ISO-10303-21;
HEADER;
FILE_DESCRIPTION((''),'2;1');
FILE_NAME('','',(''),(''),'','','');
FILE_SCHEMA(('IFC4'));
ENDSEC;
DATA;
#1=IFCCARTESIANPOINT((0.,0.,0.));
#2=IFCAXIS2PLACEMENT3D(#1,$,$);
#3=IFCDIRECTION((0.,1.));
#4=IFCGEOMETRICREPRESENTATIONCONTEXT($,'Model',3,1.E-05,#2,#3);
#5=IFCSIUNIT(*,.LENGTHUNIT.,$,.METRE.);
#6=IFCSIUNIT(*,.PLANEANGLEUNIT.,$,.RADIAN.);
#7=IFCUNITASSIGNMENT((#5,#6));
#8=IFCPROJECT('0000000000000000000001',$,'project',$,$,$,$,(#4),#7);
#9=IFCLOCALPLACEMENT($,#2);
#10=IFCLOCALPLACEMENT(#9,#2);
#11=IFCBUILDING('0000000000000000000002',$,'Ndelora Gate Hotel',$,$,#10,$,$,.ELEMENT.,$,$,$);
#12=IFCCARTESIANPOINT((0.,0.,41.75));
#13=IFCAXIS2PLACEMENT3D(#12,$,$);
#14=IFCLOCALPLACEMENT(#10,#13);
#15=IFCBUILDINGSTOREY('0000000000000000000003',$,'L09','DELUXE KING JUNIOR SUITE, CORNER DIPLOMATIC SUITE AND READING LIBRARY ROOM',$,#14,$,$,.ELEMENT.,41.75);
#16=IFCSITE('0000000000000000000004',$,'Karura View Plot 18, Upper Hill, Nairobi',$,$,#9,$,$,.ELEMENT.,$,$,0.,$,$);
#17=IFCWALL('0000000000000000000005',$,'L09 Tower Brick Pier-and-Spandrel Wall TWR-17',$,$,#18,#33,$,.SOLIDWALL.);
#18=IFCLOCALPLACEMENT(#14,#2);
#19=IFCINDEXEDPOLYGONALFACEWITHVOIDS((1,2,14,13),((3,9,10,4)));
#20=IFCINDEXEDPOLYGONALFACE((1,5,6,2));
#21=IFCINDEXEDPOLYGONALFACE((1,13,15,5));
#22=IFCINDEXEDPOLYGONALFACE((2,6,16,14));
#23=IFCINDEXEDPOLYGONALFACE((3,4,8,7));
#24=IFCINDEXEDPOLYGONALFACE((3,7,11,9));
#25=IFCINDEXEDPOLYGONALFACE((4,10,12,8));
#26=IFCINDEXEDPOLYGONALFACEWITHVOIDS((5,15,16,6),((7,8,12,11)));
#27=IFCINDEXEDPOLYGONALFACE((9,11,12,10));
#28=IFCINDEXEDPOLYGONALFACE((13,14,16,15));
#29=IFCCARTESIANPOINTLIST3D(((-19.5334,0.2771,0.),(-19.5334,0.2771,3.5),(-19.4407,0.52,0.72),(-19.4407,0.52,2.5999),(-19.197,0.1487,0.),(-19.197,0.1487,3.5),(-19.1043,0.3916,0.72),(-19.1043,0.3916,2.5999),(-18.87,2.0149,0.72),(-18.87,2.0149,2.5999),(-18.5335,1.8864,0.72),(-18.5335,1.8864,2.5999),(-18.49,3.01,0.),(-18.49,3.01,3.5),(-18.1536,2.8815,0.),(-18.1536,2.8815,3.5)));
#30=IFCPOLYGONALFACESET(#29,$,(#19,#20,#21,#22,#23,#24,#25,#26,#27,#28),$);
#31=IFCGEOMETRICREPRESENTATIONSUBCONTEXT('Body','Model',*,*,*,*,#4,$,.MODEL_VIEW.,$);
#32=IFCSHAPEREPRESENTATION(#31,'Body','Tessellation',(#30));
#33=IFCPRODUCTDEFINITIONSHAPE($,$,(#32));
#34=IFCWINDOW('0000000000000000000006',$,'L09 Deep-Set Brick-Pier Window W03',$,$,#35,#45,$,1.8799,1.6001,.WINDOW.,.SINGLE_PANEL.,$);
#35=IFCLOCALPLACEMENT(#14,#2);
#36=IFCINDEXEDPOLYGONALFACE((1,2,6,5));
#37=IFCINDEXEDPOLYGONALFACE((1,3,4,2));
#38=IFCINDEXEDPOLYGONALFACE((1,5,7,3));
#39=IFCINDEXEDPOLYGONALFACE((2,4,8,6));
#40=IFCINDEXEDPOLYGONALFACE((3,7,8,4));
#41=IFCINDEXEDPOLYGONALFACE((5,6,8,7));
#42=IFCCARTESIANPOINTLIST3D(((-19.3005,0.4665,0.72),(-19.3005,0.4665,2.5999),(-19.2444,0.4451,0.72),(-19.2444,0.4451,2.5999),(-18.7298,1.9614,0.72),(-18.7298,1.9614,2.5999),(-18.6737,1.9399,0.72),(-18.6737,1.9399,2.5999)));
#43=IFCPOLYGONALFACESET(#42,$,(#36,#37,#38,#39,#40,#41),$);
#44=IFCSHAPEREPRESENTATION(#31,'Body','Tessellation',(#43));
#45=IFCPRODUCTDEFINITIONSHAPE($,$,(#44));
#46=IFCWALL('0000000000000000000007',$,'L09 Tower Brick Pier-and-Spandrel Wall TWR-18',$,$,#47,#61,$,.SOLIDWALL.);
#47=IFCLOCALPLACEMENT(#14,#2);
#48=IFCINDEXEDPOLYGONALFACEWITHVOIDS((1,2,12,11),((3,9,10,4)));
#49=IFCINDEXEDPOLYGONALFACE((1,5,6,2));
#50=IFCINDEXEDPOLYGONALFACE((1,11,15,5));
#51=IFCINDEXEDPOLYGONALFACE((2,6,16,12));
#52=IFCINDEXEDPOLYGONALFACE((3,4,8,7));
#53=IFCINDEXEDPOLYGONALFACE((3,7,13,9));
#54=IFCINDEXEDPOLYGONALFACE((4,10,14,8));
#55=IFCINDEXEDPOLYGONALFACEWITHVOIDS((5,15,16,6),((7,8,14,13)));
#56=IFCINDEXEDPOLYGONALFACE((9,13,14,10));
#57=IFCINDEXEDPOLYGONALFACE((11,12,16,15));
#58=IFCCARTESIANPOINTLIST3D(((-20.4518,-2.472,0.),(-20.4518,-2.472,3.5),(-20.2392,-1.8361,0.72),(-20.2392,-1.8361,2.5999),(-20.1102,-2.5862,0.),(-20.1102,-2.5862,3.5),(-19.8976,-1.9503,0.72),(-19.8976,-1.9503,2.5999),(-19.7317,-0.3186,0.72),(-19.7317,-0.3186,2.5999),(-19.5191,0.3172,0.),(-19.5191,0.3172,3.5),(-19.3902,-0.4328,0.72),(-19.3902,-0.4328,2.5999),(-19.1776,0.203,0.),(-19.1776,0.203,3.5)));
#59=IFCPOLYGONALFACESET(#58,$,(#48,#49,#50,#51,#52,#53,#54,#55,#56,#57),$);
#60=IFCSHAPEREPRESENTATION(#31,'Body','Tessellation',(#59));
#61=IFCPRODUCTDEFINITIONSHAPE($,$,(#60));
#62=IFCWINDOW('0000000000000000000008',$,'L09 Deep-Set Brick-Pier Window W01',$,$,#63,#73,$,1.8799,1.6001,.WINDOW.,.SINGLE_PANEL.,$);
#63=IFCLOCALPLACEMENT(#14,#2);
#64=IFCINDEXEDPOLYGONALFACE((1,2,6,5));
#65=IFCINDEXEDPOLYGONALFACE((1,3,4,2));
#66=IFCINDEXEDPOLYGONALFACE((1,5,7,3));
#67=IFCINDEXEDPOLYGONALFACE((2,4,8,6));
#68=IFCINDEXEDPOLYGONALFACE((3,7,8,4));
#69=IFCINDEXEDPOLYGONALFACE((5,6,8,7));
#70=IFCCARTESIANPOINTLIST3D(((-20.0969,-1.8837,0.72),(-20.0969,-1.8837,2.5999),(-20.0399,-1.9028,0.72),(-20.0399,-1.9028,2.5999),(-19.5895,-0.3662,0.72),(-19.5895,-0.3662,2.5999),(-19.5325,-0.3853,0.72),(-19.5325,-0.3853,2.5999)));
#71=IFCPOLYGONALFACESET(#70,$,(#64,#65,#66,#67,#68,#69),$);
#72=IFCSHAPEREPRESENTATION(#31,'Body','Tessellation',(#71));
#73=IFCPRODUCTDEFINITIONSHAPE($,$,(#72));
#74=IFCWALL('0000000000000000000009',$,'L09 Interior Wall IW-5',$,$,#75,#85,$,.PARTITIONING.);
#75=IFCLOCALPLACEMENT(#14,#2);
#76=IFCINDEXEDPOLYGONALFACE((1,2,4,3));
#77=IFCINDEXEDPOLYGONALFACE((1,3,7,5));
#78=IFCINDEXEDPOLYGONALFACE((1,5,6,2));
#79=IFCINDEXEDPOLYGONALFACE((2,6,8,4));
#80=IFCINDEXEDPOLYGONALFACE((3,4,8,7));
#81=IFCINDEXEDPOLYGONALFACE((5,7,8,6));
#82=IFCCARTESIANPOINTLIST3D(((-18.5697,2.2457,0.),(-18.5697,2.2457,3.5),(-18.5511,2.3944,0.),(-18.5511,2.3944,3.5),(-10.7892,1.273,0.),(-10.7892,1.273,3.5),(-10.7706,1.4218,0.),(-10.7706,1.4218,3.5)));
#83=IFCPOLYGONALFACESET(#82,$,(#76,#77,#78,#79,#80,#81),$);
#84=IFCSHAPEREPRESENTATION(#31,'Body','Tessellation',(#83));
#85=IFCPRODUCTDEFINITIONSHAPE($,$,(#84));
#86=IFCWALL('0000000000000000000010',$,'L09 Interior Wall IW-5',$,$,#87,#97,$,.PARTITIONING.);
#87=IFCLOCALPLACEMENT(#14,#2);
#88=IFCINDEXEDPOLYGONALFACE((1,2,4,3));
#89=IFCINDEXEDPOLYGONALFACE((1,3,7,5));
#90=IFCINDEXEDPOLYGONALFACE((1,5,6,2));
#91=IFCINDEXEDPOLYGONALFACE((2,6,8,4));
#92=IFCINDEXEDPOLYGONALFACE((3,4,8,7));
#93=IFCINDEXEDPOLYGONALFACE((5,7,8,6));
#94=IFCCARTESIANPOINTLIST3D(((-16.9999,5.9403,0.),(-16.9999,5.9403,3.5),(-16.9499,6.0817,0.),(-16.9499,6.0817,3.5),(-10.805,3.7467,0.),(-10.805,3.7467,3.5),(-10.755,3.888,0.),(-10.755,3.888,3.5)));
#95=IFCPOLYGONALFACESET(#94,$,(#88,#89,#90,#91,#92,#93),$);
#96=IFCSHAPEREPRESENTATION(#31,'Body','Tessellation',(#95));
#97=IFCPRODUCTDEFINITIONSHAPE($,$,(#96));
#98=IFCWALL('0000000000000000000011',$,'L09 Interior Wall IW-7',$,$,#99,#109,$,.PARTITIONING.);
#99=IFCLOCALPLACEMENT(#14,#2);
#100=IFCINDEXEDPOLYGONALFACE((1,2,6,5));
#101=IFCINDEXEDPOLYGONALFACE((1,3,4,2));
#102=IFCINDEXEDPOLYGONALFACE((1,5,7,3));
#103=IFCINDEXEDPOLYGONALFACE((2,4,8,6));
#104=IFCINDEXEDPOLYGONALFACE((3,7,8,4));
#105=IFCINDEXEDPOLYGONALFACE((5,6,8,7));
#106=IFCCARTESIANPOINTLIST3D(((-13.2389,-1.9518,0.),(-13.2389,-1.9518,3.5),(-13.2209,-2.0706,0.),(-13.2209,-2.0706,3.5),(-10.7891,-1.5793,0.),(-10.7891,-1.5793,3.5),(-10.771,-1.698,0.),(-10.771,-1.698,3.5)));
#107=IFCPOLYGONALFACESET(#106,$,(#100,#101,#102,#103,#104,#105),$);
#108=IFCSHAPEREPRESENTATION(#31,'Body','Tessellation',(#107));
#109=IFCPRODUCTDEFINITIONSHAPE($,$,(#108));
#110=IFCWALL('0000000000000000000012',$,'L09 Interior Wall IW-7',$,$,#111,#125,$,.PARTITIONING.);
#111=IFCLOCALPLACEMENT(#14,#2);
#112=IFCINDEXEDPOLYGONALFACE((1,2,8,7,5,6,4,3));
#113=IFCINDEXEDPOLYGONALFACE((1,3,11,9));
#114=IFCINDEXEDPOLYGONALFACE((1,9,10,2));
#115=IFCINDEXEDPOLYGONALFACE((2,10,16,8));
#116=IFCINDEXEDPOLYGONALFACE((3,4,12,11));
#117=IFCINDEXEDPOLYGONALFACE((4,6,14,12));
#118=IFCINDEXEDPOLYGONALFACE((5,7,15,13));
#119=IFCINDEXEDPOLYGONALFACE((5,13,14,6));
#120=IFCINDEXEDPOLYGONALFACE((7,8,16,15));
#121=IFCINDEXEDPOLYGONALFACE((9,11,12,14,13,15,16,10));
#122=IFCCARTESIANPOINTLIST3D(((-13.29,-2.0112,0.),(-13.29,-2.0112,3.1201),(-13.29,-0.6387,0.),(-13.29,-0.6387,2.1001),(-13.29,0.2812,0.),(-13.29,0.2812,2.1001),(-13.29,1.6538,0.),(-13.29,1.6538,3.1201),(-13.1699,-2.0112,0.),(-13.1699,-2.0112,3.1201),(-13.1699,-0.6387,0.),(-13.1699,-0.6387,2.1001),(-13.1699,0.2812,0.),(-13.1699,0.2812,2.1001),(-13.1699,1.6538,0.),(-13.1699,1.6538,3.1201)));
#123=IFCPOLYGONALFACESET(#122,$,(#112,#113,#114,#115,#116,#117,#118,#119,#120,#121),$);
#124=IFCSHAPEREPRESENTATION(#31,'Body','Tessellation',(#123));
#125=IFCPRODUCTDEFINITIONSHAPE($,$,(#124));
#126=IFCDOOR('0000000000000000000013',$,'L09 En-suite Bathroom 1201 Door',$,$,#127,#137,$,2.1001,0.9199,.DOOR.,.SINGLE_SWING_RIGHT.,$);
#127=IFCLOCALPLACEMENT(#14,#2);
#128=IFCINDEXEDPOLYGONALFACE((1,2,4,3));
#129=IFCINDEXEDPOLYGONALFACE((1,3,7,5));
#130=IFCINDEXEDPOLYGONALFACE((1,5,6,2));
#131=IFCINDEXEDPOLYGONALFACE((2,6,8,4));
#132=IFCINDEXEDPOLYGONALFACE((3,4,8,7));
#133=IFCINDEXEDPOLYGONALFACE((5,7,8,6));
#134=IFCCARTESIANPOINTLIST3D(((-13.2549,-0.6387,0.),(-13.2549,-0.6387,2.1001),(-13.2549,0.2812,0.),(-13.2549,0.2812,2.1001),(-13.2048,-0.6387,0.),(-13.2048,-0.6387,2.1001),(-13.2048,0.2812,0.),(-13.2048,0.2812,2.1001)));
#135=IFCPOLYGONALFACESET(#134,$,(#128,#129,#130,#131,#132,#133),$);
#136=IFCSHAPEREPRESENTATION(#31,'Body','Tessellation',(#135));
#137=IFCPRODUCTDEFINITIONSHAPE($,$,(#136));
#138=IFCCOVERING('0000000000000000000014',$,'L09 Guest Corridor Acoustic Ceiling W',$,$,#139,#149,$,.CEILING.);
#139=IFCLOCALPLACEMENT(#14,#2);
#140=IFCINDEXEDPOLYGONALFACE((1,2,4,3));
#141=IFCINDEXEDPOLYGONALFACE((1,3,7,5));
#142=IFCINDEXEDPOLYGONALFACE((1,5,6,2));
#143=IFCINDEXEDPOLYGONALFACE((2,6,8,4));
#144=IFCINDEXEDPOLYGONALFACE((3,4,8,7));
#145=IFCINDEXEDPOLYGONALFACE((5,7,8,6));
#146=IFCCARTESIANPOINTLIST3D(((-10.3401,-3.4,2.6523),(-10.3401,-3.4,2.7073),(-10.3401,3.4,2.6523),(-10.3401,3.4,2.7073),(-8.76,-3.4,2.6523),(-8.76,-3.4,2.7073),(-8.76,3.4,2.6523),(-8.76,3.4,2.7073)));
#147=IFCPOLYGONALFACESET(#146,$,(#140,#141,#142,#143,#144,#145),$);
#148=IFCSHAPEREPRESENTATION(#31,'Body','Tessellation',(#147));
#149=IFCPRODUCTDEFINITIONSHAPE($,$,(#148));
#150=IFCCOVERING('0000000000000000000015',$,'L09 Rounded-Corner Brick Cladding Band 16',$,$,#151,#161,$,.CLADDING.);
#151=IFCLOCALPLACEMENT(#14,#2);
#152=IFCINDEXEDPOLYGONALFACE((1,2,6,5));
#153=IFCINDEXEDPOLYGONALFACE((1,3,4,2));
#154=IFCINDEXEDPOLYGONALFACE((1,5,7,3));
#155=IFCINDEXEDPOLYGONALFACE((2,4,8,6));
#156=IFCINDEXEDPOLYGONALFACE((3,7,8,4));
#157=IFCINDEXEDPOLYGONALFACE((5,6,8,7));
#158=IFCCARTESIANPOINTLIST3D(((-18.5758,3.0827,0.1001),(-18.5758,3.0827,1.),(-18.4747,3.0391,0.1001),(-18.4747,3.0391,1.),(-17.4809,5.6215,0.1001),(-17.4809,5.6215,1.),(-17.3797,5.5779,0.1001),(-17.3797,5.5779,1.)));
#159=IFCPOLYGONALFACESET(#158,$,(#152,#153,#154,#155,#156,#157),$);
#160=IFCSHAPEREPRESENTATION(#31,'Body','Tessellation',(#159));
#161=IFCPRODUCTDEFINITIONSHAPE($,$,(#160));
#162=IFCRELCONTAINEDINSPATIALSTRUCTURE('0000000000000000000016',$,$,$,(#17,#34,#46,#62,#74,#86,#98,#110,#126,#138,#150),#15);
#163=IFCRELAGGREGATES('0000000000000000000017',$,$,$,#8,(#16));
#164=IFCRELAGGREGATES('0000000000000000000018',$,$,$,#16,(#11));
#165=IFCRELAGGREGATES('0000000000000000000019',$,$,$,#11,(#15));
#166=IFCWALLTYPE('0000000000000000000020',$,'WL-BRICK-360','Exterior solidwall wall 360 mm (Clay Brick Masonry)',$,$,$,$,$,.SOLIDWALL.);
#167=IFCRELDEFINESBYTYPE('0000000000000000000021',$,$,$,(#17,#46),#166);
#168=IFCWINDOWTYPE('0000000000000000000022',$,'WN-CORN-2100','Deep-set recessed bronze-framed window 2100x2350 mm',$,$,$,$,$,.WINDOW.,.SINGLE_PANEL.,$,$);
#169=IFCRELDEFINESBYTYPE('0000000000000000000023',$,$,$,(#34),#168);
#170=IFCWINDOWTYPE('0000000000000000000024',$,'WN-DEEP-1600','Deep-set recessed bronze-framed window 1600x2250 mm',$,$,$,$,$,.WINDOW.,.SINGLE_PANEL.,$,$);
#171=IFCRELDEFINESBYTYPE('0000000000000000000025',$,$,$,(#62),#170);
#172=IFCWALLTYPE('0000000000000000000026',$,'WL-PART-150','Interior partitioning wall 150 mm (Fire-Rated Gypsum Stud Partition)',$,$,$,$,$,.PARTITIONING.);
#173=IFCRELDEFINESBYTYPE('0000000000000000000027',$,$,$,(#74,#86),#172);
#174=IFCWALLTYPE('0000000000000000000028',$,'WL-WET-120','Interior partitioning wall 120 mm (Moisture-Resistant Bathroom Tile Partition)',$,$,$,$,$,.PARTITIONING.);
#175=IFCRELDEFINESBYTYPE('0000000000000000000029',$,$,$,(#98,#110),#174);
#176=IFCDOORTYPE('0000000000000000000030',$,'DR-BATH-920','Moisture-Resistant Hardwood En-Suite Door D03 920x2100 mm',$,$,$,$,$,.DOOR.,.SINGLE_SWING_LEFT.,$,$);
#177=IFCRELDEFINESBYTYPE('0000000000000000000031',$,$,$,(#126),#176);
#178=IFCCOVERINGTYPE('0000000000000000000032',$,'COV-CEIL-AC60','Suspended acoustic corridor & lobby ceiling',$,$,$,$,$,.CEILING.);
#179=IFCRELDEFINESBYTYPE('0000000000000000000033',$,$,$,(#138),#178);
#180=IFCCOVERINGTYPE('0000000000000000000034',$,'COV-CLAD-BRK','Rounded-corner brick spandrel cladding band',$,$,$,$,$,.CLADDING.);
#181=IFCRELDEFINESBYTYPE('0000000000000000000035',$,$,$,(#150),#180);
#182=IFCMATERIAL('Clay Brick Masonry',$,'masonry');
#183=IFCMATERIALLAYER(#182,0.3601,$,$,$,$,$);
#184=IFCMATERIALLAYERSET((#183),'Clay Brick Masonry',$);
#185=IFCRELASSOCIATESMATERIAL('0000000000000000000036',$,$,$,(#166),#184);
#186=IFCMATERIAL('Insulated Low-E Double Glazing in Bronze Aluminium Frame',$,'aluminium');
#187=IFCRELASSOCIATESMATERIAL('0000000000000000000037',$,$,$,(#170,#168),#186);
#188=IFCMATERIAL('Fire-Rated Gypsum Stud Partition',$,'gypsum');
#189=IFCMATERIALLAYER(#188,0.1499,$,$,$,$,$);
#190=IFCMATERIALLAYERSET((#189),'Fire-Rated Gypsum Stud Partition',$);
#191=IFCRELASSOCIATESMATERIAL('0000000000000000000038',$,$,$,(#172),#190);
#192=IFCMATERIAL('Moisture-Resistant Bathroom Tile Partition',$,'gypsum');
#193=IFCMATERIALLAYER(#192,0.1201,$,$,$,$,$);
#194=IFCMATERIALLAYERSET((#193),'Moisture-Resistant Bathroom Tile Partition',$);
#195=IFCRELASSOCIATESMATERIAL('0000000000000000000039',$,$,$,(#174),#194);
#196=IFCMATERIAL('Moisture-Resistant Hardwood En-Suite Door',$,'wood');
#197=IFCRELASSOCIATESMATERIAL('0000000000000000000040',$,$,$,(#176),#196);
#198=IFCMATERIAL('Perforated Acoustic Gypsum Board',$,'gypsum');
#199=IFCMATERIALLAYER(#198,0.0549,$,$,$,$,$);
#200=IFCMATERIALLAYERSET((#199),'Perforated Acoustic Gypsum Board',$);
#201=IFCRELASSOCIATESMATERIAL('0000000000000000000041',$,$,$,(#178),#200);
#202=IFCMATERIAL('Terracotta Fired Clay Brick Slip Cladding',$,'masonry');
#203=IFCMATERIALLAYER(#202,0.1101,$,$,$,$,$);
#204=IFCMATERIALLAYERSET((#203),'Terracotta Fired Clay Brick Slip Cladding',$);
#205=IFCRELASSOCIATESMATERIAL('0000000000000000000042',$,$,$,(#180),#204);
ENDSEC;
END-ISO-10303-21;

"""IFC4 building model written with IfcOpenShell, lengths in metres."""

from ifc_helpers import new_model, si_unit, direction, frame, frame_2d, origin, origin_2d, place, context, subcontext, project, spatial, rectangle, extrude, material, layer, layer_set, type_object, element, fill, save


model = new_model("IFC4")

# Units and contexts
model_context = context("Model", 3, precision=1e-05, world=origin(), true_north=direction((0.0, 1.0)))
body_context = subcontext(model_context, "Body", "Model", "MODEL_VIEW")
ifc_project = project(units=[si_unit("LENGTHUNIT", "METRE"), si_unit("PLANEANGLEUNIT", "RADIAN")], contexts=[model_context])

# Site, building, storey
site_placement = place(None, origin())
site = spatial("IfcSite", under=ifc_project, at=site_placement, Name="Karura View Plot 18, Upper Hill, Nairobi", CompositionType="ELEMENT", RefElevation=0.0)
building_placement = place(site_placement, origin())
building = spatial("IfcBuilding", under=site, at=building_placement, Name="Ndelora Gate Hotel", CompositionType="ELEMENT")
storey_placement = place(building_placement, frame((0.0, 0.0, 41.75)))
storey = spatial("IfcBuildingStorey", under=building, at=storey_placement, Name="L09", Description="DELUXE KING JUNIOR SUITE, CORNER DIPLOMATIC SUITE AND READING LIBRARY ROOM", CompositionType="ELEMENT", Elevation=41.75)

# Walls, openings, windows
ifc_material_1 = material(Name="Clay Brick Masonry", Category="masonry")
ifc_layer_1 = layer(ifc_material_1, 0.3601)
ifc_layer_set_1 = layer_set([ifc_layer_1], Name="Clay Brick Masonry")
wall_type_1 = type_object("IfcWallType", Name="WL-BRICK-360", Description="Exterior solidwall wall 360 mm (Clay Brick Masonry)", PredefinedType="SOLIDWALL", material=ifc_layer_set_1)
ifc_material_2 = material(Name="Insulated Low-E Double Glazing in Bronze Aluminium Frame", Category="aluminium")
window_type_1 = type_object("IfcWindowType", Name="WN-DEEP-1600", Description="Deep-set recessed bronze-framed window 1600x2250 mm", PartitioningType="SINGLE_PANEL", PredefinedType="WINDOW", material=ifc_material_2)
wall_1_placement = place(storey_placement, frame((-19.3652, 0.2129, 0.0), z_axis=(0.0, 0.0, 1.0), x_axis=(0.356696, 0.93422, 0.0)))
wall_1 = element("IfcWall", 1, at=wall_1_placement, inside=storey, type_object=wall_type_1, Name="L09 Tower Brick Pier-and-Spandrel Wall TWR-17", PredefinedType="SOLIDWALL", context=body_context, shape_type="SweptSolid", body=[
    extrude(rectangle(XDim=2.9253, YDim=0.3601, at=frame_2d((1.4626, 0.0))), origin(), (0.0, 0.0, 1.0), 3.5),
])
opening_1_placement = place(wall_1_placement, frame((0.26, 0.0, 0.72)))
opening_1 = element("IfcOpeningElement", 2, at=opening_1_placement, cuts=wall_1, PredefinedType="OPENING", context=body_context, shape_type="SweptSolid", body=[
    extrude(rectangle(XDim=1.6001, YDim=1.8799, at=frame_2d((0.8, 0.9399))), frame((0.0, 0.1899, 0.0), z_axis=(0.0, -1.0, 0.0), x_axis=(1.0, 0.0, 0.0)), (0.0, 0.0, 1.0), 0.3801),
])
window_type_2 = type_object("IfcWindowType", Name="WN-CORN-2100", Description="Deep-set recessed bronze-framed window 2100x2350 mm", PartitioningType="SINGLE_PANEL", PredefinedType="WINDOW", material=ifc_material_2)
window_1_placement = place(opening_1_placement, origin())
window_1 = element("IfcWindow", 3, at=window_1_placement, inside=storey, type_object=window_type_2, Name="L09 Deep-Set Brick-Pier Window W03", OverallHeight=1.8799, OverallWidth=1.6001, PartitioningType="SINGLE_PANEL", PredefinedType="WINDOW", context=body_context, shape_type="SweptSolid", body=[
    extrude(rectangle(XDim=1.6001, YDim=1.8799, at=frame_2d((0.8, 0.9399))), frame((0.0, 0.03, 0.0), z_axis=(0.0, -1.0, 0.0), x_axis=(1.0, 0.0, 0.0)), (0.0, 0.0, 1.0), 0.0601),
])
fill(opening_1, window_1)
wall_2_placement = place(storey_placement, frame((-20.281, -2.5291, 0.0), z_axis=(0.0, 0.0, 1.0), x_axis=(0.317124, 0.948384, 0.0)))
wall_2 = element("IfcWall", 4, at=wall_2_placement, inside=storey, type_object=wall_type_1, Name="L09 Tower Brick Pier-and-Spandrel Wall TWR-18", PredefinedType="SOLIDWALL", context=body_context, shape_type="SweptSolid", body=[
    extrude(rectangle(XDim=2.9409, YDim=0.3601, at=frame_2d((1.4705, 0.0))), origin(), (0.0, 0.0, 1.0), 3.5),
])
opening_2_placement = place(wall_2_placement, frame((0.6704, 0.0, 0.72)))
opening_2 = element("IfcOpeningElement", 5, at=opening_2_placement, cuts=wall_2, PredefinedType="OPENING", context=body_context, shape_type="SweptSolid", body=[
    extrude(rectangle(XDim=1.6001, YDim=1.8799, at=frame_2d((0.8, 0.9399))), frame((0.0, 0.1899, 0.0), z_axis=(0.0, -1.0, 0.0), x_axis=(1.0, 0.0, 0.0)), (0.0, 0.0, 1.0), 0.3801),
])
window_2_placement = place(opening_2_placement, origin())
window_2 = element("IfcWindow", 6, at=window_2_placement, inside=storey, type_object=window_type_1, Name="L09 Deep-Set Brick-Pier Window W01", OverallHeight=1.8799, OverallWidth=1.6001, PartitioningType="SINGLE_PANEL", PredefinedType="WINDOW", context=body_context, shape_type="SweptSolid", body=[
    extrude(rectangle(XDim=1.6001, YDim=1.8799, at=frame_2d((0.8, 0.9399))), frame((0.0, 0.03, 0.0), z_axis=(0.0, -1.0, 0.0), x_axis=(1.0, 0.0, 0.0)), (0.0, 0.0, 1.0), 0.0601),
])
fill(opening_2, window_2)

# Walls
ifc_material_3 = material(Name="Fire-Rated Gypsum Stud Partition", Category="gypsum")
ifc_layer_2 = layer(ifc_material_3, 0.1499)
ifc_layer_set_2 = layer_set([ifc_layer_2], Name="Fire-Rated Gypsum Stud Partition")
wall_type_2 = type_object("IfcWallType", Name="WL-PART-150", Description="Interior partitioning wall 150 mm (Fire-Rated Gypsum Stud Partition)", PredefinedType="PARTITIONING", material=ifc_layer_set_2)
wall_3_placement = place(storey_placement, frame((-10.78, 1.3474, 0.0), z_axis=(0.0, 0.0, 1.0), x_axis=(-0.992276, 0.124046, 0.0)))
element("IfcWall", 7, at=wall_3_placement, inside=storey, type_object=wall_type_2, Name="L09 Interior Wall IW-5", PredefinedType="PARTITIONING", context=body_context, shape_type="SweptSolid", body=[
    extrude(rectangle(XDim=7.8411, YDim=0.1499, at=frame_2d((3.9204, 0.0))), origin(), (0.0, 0.0, 1.0), 3.5),
])
wall_4_placement = place(storey_placement, frame((-10.78, 3.8174, 0.0), z_axis=(0.0, 0.0, 1.0), x_axis=(-0.942646, 0.333794, 0.0)))
element("IfcWall", 8, at=wall_4_placement, inside=storey, type_object=wall_type_2, Name="L09 Interior Wall IW-5", PredefinedType="PARTITIONING", context=body_context, shape_type="SweptSolid", body=[
    extrude(rectangle(XDim=6.5718, YDim=0.1499, at=frame_2d((3.2859, 0.0))), origin(), (0.0, 0.0, 1.0), 3.5),
])
ifc_material_4 = material(Name="Moisture-Resistant Bathroom Tile Partition", Category="gypsum")
ifc_layer_3 = layer(ifc_material_4, 0.1201)
ifc_layer_set_3 = layer_set([ifc_layer_3], Name="Moisture-Resistant Bathroom Tile Partition")
wall_type_3 = type_object("IfcWallType", Name="WL-WET-120", Description="Interior partitioning wall 120 mm (Moisture-Resistant Bathroom Tile Partition)", PredefinedType="PARTITIONING", material=ifc_layer_set_3)
wall_5_placement = place(storey_placement, frame((-10.78, -1.6387, 0.0), z_axis=(0.0, 0.0, 1.0), x_axis=(-0.988634, -0.150339, 0.0)))
element("IfcWall", 9, at=wall_5_placement, inside=storey, type_object=wall_type_3, Name="L09 Interior Wall IW-7", PredefinedType="PARTITIONING", context=body_context, shape_type="SweptSolid", body=[
    extrude(rectangle(XDim=2.478, YDim=0.1201, at=frame_2d((1.239, 0.0))), origin(), (0.0, 0.0, 1.0), 3.5),
])

# Wall, opening, door
wall_6_placement = place(storey_placement, frame((-13.23, -2.0112, 0.0), z_axis=(0.0, 0.0, 1.0), x_axis=(0.0, 1.0, 0.0)))
wall_6 = element("IfcWall", 10, at=wall_6_placement, inside=storey, type_object=wall_type_3, Name="L09 Interior Wall IW-7", PredefinedType="PARTITIONING", context=body_context, shape_type="SweptSolid", body=[
    extrude(rectangle(XDim=3.665, YDim=0.1201, at=frame_2d((1.8325, 0.0))), origin(), (0.0, 0.0, 1.0), 3.1201),
])
opening_3_placement = place(wall_6_placement, frame((1.3726, 0.0, 0.0)))
opening_3 = element("IfcOpeningElement", 11, at=opening_3_placement, cuts=wall_6, PredefinedType="OPENING", context=body_context, shape_type="SweptSolid", body=[
    extrude(rectangle(XDim=0.9199, YDim=2.1001, at=frame_2d((0.46, 1.05))), frame((0.0, 0.0701, 0.0), z_axis=(0.0, -1.0, 0.0), x_axis=(1.0, 0.0, 0.0)), (0.0, 0.0, 1.0), 0.1401),
])
ifc_material_5 = material(Name="Moisture-Resistant Hardwood En-Suite Door", Category="wood")
door_type_1 = type_object("IfcDoorType", Name="DR-BATH-920", Description="Moisture-Resistant Hardwood En-Suite Door D03 920x2100 mm", OperationType="SINGLE_SWING_LEFT", PredefinedType="DOOR", material=ifc_material_5)
door_1_placement = place(opening_3_placement, origin())
door_1 = element("IfcDoor", 12, at=door_1_placement, inside=storey, type_object=door_type_1, Name="L09 En-suite Bathroom 1201 Door", OperationType="SINGLE_SWING_RIGHT", OverallHeight=2.1001, OverallWidth=0.9199, PredefinedType="DOOR", context=body_context, shape_type="SweptSolid", body=[
    extrude(rectangle(XDim=0.9199, YDim=2.1001, at=frame_2d((0.46, 1.05))), frame((0.0, 0.0249, 0.0), z_axis=(0.0, -1.0, 0.0), x_axis=(1.0, 0.0, 0.0)), (0.0, 0.0, 1.0), 0.05),
])
fill(opening_3, door_1)

# Coverings
ifc_material_6 = material(Name="Perforated Acoustic Gypsum Board", Category="gypsum")
ifc_layer_4 = layer(ifc_material_6, 0.0549)
ifc_layer_set_4 = layer_set([ifc_layer_4], Name="Perforated Acoustic Gypsum Board")
covering_type_1 = type_object("IfcCoveringType", Name="COV-CEIL-AC60", Description="Suspended acoustic corridor & lobby ceiling", PredefinedType="CEILING", material=ifc_layer_set_4)
covering_1_placement = place(storey_placement, frame((-9.55, 0.0, 2.6523), z_axis=(0.0, 0.0, 1.0), x_axis=(1.0, 0.0, 0.0)))
element("IfcCovering", 13, at=covering_1_placement, inside=storey, type_object=covering_type_1, Name="L09 Guest Corridor Acoustic Ceiling W", PredefinedType="CEILING", context=body_context, shape_type="SweptSolid", body=[
    extrude(rectangle(XDim=1.5801, YDim=6.8, at=origin_2d()), origin(), (0.0, 0.0, 1.0), 0.0549),
])
ifc_material_7 = material(Name="Terracotta Fired Clay Brick Slip Cladding", Category="masonry")
ifc_layer_5 = layer(ifc_material_7, 0.1101)
ifc_layer_set_5 = layer_set([ifc_layer_5], Name="Terracotta Fired Clay Brick Slip Cladding")
covering_type_2 = type_object("IfcCoveringType", Name="COV-CLAD-BRK", Description="Rounded-corner brick spandrel cladding band", PredefinedType="CLADDING", material=ifc_layer_set_5)
covering_2_placement = place(storey_placement, frame((-17.9778, 4.3303, 0.1001), z_axis=(0.0, 0.0, 1.0), x_axis=(0.396026, 0.918239, 0.0)))
element("IfcCovering", 14, at=covering_2_placement, inside=storey, type_object=covering_type_2, Name="L09 Rounded-Corner Brick Cladding Band 16", PredefinedType="CLADDING", context=body_context, shape_type="SweptSolid", body=[
    extrude(rectangle(XDim=2.7649, YDim=0.1101, at=origin_2d()), origin(), (0.0, 0.0, 1.0), 0.8999),
])

save(model, "model.ifc")
